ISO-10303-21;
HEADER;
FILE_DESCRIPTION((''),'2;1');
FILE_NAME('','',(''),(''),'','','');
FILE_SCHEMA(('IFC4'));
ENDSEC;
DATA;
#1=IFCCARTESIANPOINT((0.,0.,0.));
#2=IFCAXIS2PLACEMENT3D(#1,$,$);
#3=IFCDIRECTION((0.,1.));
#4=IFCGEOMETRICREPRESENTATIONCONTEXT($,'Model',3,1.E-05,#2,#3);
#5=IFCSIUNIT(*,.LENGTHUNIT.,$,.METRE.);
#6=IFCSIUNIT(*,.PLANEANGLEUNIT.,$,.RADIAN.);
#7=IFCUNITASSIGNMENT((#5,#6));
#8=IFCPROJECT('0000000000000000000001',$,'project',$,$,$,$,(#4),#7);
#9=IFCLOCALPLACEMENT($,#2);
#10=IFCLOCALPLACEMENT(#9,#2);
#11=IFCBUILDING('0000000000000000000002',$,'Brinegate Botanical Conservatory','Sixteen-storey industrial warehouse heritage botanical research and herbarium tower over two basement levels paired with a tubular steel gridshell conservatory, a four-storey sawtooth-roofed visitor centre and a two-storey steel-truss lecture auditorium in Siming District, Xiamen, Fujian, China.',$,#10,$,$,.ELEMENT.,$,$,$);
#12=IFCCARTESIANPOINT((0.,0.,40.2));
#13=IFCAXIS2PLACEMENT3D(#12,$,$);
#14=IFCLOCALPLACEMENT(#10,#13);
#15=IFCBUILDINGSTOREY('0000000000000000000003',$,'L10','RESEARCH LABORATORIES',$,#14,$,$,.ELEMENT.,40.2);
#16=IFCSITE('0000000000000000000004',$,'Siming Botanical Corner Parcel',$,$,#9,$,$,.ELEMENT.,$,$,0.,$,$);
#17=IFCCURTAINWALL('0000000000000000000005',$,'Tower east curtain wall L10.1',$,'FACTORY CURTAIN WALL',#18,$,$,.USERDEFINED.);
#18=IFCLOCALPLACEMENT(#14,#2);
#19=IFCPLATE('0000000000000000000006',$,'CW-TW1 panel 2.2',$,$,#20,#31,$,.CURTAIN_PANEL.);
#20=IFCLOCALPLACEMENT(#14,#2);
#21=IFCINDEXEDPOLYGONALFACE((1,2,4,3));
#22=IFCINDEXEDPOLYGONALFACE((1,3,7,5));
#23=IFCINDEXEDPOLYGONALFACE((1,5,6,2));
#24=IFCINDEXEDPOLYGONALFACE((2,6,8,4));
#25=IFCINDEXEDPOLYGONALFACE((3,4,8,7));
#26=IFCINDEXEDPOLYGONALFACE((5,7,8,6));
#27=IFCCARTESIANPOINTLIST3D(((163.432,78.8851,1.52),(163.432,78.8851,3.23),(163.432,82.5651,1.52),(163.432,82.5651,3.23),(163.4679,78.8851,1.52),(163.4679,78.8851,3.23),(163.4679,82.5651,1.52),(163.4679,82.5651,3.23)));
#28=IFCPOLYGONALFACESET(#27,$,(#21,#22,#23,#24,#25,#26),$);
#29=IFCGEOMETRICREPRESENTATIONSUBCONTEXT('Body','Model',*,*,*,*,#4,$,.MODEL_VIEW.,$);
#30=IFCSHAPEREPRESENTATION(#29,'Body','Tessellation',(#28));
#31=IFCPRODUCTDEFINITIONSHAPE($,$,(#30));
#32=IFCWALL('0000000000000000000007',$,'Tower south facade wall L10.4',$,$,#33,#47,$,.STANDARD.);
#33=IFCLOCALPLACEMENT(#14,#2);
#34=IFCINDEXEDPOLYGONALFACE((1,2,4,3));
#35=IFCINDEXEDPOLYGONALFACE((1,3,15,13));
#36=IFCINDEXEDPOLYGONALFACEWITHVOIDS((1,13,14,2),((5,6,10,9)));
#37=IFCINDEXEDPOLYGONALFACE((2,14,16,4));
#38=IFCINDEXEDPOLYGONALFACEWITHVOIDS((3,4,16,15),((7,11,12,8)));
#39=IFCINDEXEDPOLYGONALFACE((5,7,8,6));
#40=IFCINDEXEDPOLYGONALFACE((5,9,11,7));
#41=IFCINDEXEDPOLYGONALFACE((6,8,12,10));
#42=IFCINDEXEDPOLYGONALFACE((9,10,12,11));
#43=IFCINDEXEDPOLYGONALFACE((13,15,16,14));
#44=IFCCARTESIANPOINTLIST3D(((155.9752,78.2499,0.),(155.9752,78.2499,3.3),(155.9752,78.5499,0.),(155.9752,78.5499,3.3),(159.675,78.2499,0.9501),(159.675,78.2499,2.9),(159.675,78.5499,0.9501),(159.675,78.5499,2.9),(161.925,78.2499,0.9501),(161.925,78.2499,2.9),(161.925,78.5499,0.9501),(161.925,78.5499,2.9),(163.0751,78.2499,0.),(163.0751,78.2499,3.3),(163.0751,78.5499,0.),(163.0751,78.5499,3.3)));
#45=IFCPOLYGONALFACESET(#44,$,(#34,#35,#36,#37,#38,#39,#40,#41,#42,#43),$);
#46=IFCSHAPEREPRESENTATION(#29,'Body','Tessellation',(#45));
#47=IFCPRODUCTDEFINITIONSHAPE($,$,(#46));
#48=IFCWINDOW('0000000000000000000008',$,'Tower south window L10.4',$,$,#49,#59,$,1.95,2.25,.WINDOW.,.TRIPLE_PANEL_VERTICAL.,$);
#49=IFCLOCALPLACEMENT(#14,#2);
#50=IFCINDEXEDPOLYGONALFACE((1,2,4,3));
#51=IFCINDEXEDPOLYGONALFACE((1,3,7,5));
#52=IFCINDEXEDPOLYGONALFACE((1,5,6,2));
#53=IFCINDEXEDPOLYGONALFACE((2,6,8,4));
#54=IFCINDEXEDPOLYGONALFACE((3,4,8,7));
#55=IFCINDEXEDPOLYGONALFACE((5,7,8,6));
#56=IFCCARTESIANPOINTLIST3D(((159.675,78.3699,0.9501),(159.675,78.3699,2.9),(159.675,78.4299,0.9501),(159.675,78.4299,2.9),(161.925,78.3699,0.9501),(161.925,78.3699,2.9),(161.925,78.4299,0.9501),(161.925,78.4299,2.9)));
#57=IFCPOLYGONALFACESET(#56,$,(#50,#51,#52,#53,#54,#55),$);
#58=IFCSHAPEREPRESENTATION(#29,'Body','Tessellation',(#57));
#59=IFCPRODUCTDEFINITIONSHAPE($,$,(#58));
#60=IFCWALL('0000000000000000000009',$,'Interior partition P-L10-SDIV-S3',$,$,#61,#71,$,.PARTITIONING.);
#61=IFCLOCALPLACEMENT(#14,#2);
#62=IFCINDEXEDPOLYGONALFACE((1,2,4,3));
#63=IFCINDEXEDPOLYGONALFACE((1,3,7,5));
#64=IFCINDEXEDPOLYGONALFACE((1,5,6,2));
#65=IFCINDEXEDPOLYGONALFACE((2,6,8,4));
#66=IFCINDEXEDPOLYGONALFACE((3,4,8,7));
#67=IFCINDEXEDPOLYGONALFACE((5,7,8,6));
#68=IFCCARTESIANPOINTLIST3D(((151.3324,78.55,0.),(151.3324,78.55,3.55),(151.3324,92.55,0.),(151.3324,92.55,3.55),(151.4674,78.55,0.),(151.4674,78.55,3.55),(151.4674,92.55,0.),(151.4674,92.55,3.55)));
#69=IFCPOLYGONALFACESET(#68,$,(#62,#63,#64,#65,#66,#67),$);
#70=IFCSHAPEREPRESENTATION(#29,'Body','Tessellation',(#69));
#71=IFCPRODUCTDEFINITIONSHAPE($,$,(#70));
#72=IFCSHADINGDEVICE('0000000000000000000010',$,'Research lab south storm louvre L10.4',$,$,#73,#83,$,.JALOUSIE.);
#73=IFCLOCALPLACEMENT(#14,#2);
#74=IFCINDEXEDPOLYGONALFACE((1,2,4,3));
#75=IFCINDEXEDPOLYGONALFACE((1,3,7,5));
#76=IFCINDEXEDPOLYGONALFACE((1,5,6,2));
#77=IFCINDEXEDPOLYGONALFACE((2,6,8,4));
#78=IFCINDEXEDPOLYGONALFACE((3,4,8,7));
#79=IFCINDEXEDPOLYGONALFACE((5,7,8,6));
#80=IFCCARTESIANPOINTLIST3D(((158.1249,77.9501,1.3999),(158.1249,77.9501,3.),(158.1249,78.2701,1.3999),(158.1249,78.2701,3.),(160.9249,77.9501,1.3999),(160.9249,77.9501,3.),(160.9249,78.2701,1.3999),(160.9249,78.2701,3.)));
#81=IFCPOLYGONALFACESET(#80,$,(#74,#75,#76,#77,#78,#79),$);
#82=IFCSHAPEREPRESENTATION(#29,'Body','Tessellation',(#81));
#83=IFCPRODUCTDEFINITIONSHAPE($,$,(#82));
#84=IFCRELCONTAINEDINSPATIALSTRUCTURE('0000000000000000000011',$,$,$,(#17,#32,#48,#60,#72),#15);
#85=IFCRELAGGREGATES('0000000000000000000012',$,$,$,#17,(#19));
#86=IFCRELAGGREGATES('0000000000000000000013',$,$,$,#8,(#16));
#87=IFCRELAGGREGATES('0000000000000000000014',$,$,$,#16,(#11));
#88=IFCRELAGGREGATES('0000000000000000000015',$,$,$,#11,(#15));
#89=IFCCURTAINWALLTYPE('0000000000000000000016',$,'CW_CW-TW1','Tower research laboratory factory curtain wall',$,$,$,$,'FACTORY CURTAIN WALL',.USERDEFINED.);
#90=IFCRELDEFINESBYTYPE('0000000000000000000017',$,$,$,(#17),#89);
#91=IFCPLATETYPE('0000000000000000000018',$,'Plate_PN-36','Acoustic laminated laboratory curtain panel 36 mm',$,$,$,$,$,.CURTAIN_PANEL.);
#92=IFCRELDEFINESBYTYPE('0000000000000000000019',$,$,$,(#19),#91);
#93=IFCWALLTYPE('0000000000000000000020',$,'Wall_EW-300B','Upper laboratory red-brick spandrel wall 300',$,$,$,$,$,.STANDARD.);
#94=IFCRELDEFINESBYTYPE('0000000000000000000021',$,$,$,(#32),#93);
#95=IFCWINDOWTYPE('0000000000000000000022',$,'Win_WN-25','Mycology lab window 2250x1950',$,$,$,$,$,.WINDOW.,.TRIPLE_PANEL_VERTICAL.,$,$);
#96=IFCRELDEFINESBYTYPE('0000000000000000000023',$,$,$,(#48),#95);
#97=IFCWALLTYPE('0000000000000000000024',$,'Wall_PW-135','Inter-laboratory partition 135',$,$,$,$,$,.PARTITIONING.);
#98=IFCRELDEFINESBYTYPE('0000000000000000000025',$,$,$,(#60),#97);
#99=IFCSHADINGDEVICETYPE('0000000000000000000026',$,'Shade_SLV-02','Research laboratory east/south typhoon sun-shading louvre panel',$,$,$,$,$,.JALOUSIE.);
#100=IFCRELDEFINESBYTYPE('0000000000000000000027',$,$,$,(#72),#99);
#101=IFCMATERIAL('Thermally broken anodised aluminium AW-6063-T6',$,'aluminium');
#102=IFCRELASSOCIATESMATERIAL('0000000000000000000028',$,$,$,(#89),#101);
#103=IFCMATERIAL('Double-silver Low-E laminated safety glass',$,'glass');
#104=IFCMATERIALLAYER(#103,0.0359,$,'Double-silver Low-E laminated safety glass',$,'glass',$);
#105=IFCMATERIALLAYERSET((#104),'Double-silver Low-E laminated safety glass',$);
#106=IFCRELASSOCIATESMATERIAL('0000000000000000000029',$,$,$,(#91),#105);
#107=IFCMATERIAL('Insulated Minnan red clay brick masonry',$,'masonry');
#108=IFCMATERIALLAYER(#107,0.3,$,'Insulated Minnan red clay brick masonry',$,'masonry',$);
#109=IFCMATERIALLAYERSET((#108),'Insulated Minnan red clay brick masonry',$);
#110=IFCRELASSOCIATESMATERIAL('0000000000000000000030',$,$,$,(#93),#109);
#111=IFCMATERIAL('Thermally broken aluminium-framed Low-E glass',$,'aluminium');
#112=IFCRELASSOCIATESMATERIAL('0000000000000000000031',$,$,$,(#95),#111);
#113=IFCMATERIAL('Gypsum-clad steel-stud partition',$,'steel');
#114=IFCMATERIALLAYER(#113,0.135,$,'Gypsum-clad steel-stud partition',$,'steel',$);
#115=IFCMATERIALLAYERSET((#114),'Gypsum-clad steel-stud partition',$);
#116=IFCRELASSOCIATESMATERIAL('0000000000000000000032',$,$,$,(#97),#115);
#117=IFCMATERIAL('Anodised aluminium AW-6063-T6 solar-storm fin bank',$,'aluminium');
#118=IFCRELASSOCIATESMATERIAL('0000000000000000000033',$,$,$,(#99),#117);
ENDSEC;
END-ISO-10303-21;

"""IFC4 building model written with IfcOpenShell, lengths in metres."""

from ifc_helpers import new_model, si_unit, direction, frame, frame_2d, origin, origin_2d, place, context, subcontext, project, spatial, rectangle, extrude, material, layer, layer_set, type_object, element, fill, aggregate, save


model = new_model("IFC4")

# Units and contexts
model_context = context("Model", 3, precision=1e-05, world=origin(), true_north=direction((0.0, 1.0)))
body_context = subcontext(model_context, "Body", "Model", "MODEL_VIEW")
ifc_project = project(units=[si_unit("LENGTHUNIT", "METRE"), si_unit("PLANEANGLEUNIT", "RADIAN")], contexts=[model_context])

# Site, building, storey
site_placement = place(None, origin())
site = spatial("IfcSite", under=ifc_project, at=site_placement, Name="Siming Botanical Corner Parcel", CompositionType="ELEMENT", RefElevation=0.0)
building_placement = place(site_placement, origin())
building = spatial("IfcBuilding", under=site, at=building_placement, Name="Brinegate Botanical Conservatory", Description="Sixteen-storey industrial warehouse heritage botanical research and herbarium tower over two basement levels paired with a tubular steel gridshell conservatory, a four-storey sawtooth-roofed visitor centre and a two-storey steel-truss lecture auditorium in Siming District, Xiamen, Fujian, China.", CompositionType="ELEMENT")
storey_placement = place(building_placement, frame((0.0, 0.0, 40.2)))
storey = spatial("IfcBuildingStorey", under=building, at=storey_placement, Name="L10", Description="RESEARCH LABORATORIES", CompositionType="ELEMENT", Elevation=40.2)

# Curtain wall
ifc_material_1 = material(Name="Thermally broken anodised aluminium AW-6063-T6", Category="aluminium")
curtain_wall_type = type_object("IfcCurtainWallType", Name="CW_CW-TW1", Description="Tower research laboratory factory curtain wall", ElementType="FACTORY CURTAIN WALL", PredefinedType="USERDEFINED", material=ifc_material_1)
curtain_wall_1_placement = place(storey_placement, origin())
curtain_wall_1 = element("IfcCurtainWall", 1, at=curtain_wall_1_placement, inside=storey, type_object=curtain_wall_type, Name="Tower east curtain wall L10.1", ObjectType="FACTORY CURTAIN WALL", PredefinedType="USERDEFINED")

# Plate
ifc_material_2 = material(Name="Double-silver Low-E laminated safety glass", Category="glass")
ifc_layer_1 = layer(ifc_material_2, 0.0359, Name="Double-silver Low-E laminated safety glass", Category="glass")
ifc_layer_set_1 = layer_set([ifc_layer_1], Name="Double-silver Low-E laminated safety glass")
plate_type = type_object("IfcPlateType", Name="Plate_PN-36", Description="Acoustic laminated laboratory curtain panel 36 mm", PredefinedType="CURTAIN_PANEL", material=ifc_layer_set_1)
plate_1_placement = place(storey_placement, frame((163.45, 80.7251, 1.52), z_axis=(0.0, 0.0, 1.0), x_axis=(0.0, -1.0, 0.0)))
plate_1 = element("IfcPlate", 2, at=plate_1_placement, type_object=plate_type, Name="CW-TW1 panel 2.2", PredefinedType="CURTAIN_PANEL", context=body_context, shape_type="SweptSolid", body=[
    extrude(rectangle(XDim=3.6799, YDim=0.0359, at=origin_2d()), origin(), (0.0, 0.0, 1.0), 1.71),
])
aggregate(curtain_wall_1, [plate_1])

# Wall, opening, window
ifc_material_3 = material(Name="Insulated Minnan red clay brick masonry", Category="masonry")
ifc_layer_2 = layer(ifc_material_3, 0.3, Name="Insulated Minnan red clay brick masonry", Category="masonry")
ifc_layer_set_2 = layer_set([ifc_layer_2], Name="Insulated Minnan red clay brick masonry")
wall_type_1 = type_object("IfcWallType", Name="Wall_EW-300B", Description="Upper laboratory red-brick spandrel wall 300", PredefinedType="STANDARD", material=ifc_layer_set_2)
wall_1_placement = place(storey_placement, frame((163.075, 78.3999, 0.0), z_axis=(0.0, 0.0, 1.0), x_axis=(-1.0, 0.0, 0.0)))
wall_1 = element("IfcWall", 3, at=wall_1_placement, inside=storey, type_object=wall_type_1, Name="Tower south facade wall L10.4", PredefinedType="STANDARD", context=body_context, shape_type="SweptSolid", body=[
    extrude(rectangle(XDim=7.0999, YDim=0.3, at=frame_2d((3.5498, 0.0))), origin(), (0.0, 0.0, 1.0), 3.3),
])
opening_placement = place(wall_1_placement, frame((1.1499, 0.0, 0.95)))
opening = element("IfcOpeningElement", 4, at=opening_placement, cuts=wall_1, PredefinedType="OPENING", context=body_context, shape_type="SweptSolid", body=[
    extrude(rectangle(XDim=2.25, YDim=1.95, at=frame_2d((1.125, 0.9751))), frame((0.0, 0.1599, 0.0), z_axis=(0.0, -1.0, 0.0), x_axis=(1.0, 0.0, 0.0)), (0.0, 0.0, 1.0), 0.3201),
])
ifc_material_4 = material(Name="Thermally broken aluminium-framed Low-E glass", Category="aluminium")
window_type = type_object("IfcWindowType", Name="Win_WN-25", Description="Mycology lab window 2250x1950", PartitioningType="TRIPLE_PANEL_VERTICAL", PredefinedType="WINDOW", material=ifc_material_4)
window_placement = place(opening_placement, origin())
window = element("IfcWindow", 5, at=window_placement, inside=storey, type_object=window_type, Name="Tower south window L10.4", OverallHeight=1.95, OverallWidth=2.25, PartitioningType="TRIPLE_PANEL_VERTICAL", PredefinedType="WINDOW", context=body_context, shape_type="SweptSolid", body=[
    extrude(rectangle(XDim=2.25, YDim=1.95, at=frame_2d((1.125, 0.9751))), frame((0.0, 0.03, 0.0), z_axis=(0.0, -1.0, 0.0), x_axis=(1.0, 0.0, 0.0)), (0.0, 0.0, 1.0), 0.0601),
])
fill(opening, window)

# Wall
ifc_material_5 = material(Name="Gypsum-clad steel-stud partition", Category="steel")
ifc_layer_3 = layer(ifc_material_5, 0.135, Name="Gypsum-clad steel-stud partition", Category="steel")
ifc_layer_set_3 = layer_set([ifc_layer_3], Name="Gypsum-clad steel-stud partition")
wall_type_2 = type_object("IfcWallType", Name="Wall_PW-135", Description="Inter-laboratory partition 135", PredefinedType="PARTITIONING", material=ifc_layer_set_3)
wall_2_placement = place(storey_placement, frame((151.3999, 78.55, 0.0), z_axis=(0.0, 0.0, 1.0), x_axis=(0.0, 1.0, 0.0)))
element("IfcWall", 6, at=wall_2_placement, inside=storey, type_object=wall_type_2, Name="Interior partition P-L10-SDIV-S3", PredefinedType="PARTITIONING", context=body_context, shape_type="SweptSolid", body=[
    extrude(rectangle(XDim=14.0, YDim=0.135, at=frame_2d((7.0, 0.0))), origin(), (0.0, 0.0, 1.0), 3.55),
])

# Shading device
ifc_material_6 = material(Name="Anodised aluminium AW-6063-T6 solar-storm fin bank", Category="aluminium")
shading_device_type = type_object("IfcShadingDeviceType", Name="Shade_SLV-02", Description="Research laboratory east/south typhoon sun-shading louvre panel", PredefinedType="JALOUSIE", material=ifc_material_6)
shading_device_placement = place(storey_placement, frame((159.5249, 78.1101, 1.3999), z_axis=(0.0, 0.0, 1.0), x_axis=(1.0, 0.0, 0.0)))
element("IfcShadingDevice", 7, at=shading_device_placement, inside=storey, type_object=shading_device_type, Name="Research lab south storm louvre L10.4", PredefinedType="JALOUSIE", context=body_context, shape_type="SweptSolid", body=[
    extrude(rectangle(XDim=2.8, YDim=0.3201, at=origin_2d()), origin(), (0.0, 0.0, 1.0), 1.6001),
])

save(model, "model.ifc")
